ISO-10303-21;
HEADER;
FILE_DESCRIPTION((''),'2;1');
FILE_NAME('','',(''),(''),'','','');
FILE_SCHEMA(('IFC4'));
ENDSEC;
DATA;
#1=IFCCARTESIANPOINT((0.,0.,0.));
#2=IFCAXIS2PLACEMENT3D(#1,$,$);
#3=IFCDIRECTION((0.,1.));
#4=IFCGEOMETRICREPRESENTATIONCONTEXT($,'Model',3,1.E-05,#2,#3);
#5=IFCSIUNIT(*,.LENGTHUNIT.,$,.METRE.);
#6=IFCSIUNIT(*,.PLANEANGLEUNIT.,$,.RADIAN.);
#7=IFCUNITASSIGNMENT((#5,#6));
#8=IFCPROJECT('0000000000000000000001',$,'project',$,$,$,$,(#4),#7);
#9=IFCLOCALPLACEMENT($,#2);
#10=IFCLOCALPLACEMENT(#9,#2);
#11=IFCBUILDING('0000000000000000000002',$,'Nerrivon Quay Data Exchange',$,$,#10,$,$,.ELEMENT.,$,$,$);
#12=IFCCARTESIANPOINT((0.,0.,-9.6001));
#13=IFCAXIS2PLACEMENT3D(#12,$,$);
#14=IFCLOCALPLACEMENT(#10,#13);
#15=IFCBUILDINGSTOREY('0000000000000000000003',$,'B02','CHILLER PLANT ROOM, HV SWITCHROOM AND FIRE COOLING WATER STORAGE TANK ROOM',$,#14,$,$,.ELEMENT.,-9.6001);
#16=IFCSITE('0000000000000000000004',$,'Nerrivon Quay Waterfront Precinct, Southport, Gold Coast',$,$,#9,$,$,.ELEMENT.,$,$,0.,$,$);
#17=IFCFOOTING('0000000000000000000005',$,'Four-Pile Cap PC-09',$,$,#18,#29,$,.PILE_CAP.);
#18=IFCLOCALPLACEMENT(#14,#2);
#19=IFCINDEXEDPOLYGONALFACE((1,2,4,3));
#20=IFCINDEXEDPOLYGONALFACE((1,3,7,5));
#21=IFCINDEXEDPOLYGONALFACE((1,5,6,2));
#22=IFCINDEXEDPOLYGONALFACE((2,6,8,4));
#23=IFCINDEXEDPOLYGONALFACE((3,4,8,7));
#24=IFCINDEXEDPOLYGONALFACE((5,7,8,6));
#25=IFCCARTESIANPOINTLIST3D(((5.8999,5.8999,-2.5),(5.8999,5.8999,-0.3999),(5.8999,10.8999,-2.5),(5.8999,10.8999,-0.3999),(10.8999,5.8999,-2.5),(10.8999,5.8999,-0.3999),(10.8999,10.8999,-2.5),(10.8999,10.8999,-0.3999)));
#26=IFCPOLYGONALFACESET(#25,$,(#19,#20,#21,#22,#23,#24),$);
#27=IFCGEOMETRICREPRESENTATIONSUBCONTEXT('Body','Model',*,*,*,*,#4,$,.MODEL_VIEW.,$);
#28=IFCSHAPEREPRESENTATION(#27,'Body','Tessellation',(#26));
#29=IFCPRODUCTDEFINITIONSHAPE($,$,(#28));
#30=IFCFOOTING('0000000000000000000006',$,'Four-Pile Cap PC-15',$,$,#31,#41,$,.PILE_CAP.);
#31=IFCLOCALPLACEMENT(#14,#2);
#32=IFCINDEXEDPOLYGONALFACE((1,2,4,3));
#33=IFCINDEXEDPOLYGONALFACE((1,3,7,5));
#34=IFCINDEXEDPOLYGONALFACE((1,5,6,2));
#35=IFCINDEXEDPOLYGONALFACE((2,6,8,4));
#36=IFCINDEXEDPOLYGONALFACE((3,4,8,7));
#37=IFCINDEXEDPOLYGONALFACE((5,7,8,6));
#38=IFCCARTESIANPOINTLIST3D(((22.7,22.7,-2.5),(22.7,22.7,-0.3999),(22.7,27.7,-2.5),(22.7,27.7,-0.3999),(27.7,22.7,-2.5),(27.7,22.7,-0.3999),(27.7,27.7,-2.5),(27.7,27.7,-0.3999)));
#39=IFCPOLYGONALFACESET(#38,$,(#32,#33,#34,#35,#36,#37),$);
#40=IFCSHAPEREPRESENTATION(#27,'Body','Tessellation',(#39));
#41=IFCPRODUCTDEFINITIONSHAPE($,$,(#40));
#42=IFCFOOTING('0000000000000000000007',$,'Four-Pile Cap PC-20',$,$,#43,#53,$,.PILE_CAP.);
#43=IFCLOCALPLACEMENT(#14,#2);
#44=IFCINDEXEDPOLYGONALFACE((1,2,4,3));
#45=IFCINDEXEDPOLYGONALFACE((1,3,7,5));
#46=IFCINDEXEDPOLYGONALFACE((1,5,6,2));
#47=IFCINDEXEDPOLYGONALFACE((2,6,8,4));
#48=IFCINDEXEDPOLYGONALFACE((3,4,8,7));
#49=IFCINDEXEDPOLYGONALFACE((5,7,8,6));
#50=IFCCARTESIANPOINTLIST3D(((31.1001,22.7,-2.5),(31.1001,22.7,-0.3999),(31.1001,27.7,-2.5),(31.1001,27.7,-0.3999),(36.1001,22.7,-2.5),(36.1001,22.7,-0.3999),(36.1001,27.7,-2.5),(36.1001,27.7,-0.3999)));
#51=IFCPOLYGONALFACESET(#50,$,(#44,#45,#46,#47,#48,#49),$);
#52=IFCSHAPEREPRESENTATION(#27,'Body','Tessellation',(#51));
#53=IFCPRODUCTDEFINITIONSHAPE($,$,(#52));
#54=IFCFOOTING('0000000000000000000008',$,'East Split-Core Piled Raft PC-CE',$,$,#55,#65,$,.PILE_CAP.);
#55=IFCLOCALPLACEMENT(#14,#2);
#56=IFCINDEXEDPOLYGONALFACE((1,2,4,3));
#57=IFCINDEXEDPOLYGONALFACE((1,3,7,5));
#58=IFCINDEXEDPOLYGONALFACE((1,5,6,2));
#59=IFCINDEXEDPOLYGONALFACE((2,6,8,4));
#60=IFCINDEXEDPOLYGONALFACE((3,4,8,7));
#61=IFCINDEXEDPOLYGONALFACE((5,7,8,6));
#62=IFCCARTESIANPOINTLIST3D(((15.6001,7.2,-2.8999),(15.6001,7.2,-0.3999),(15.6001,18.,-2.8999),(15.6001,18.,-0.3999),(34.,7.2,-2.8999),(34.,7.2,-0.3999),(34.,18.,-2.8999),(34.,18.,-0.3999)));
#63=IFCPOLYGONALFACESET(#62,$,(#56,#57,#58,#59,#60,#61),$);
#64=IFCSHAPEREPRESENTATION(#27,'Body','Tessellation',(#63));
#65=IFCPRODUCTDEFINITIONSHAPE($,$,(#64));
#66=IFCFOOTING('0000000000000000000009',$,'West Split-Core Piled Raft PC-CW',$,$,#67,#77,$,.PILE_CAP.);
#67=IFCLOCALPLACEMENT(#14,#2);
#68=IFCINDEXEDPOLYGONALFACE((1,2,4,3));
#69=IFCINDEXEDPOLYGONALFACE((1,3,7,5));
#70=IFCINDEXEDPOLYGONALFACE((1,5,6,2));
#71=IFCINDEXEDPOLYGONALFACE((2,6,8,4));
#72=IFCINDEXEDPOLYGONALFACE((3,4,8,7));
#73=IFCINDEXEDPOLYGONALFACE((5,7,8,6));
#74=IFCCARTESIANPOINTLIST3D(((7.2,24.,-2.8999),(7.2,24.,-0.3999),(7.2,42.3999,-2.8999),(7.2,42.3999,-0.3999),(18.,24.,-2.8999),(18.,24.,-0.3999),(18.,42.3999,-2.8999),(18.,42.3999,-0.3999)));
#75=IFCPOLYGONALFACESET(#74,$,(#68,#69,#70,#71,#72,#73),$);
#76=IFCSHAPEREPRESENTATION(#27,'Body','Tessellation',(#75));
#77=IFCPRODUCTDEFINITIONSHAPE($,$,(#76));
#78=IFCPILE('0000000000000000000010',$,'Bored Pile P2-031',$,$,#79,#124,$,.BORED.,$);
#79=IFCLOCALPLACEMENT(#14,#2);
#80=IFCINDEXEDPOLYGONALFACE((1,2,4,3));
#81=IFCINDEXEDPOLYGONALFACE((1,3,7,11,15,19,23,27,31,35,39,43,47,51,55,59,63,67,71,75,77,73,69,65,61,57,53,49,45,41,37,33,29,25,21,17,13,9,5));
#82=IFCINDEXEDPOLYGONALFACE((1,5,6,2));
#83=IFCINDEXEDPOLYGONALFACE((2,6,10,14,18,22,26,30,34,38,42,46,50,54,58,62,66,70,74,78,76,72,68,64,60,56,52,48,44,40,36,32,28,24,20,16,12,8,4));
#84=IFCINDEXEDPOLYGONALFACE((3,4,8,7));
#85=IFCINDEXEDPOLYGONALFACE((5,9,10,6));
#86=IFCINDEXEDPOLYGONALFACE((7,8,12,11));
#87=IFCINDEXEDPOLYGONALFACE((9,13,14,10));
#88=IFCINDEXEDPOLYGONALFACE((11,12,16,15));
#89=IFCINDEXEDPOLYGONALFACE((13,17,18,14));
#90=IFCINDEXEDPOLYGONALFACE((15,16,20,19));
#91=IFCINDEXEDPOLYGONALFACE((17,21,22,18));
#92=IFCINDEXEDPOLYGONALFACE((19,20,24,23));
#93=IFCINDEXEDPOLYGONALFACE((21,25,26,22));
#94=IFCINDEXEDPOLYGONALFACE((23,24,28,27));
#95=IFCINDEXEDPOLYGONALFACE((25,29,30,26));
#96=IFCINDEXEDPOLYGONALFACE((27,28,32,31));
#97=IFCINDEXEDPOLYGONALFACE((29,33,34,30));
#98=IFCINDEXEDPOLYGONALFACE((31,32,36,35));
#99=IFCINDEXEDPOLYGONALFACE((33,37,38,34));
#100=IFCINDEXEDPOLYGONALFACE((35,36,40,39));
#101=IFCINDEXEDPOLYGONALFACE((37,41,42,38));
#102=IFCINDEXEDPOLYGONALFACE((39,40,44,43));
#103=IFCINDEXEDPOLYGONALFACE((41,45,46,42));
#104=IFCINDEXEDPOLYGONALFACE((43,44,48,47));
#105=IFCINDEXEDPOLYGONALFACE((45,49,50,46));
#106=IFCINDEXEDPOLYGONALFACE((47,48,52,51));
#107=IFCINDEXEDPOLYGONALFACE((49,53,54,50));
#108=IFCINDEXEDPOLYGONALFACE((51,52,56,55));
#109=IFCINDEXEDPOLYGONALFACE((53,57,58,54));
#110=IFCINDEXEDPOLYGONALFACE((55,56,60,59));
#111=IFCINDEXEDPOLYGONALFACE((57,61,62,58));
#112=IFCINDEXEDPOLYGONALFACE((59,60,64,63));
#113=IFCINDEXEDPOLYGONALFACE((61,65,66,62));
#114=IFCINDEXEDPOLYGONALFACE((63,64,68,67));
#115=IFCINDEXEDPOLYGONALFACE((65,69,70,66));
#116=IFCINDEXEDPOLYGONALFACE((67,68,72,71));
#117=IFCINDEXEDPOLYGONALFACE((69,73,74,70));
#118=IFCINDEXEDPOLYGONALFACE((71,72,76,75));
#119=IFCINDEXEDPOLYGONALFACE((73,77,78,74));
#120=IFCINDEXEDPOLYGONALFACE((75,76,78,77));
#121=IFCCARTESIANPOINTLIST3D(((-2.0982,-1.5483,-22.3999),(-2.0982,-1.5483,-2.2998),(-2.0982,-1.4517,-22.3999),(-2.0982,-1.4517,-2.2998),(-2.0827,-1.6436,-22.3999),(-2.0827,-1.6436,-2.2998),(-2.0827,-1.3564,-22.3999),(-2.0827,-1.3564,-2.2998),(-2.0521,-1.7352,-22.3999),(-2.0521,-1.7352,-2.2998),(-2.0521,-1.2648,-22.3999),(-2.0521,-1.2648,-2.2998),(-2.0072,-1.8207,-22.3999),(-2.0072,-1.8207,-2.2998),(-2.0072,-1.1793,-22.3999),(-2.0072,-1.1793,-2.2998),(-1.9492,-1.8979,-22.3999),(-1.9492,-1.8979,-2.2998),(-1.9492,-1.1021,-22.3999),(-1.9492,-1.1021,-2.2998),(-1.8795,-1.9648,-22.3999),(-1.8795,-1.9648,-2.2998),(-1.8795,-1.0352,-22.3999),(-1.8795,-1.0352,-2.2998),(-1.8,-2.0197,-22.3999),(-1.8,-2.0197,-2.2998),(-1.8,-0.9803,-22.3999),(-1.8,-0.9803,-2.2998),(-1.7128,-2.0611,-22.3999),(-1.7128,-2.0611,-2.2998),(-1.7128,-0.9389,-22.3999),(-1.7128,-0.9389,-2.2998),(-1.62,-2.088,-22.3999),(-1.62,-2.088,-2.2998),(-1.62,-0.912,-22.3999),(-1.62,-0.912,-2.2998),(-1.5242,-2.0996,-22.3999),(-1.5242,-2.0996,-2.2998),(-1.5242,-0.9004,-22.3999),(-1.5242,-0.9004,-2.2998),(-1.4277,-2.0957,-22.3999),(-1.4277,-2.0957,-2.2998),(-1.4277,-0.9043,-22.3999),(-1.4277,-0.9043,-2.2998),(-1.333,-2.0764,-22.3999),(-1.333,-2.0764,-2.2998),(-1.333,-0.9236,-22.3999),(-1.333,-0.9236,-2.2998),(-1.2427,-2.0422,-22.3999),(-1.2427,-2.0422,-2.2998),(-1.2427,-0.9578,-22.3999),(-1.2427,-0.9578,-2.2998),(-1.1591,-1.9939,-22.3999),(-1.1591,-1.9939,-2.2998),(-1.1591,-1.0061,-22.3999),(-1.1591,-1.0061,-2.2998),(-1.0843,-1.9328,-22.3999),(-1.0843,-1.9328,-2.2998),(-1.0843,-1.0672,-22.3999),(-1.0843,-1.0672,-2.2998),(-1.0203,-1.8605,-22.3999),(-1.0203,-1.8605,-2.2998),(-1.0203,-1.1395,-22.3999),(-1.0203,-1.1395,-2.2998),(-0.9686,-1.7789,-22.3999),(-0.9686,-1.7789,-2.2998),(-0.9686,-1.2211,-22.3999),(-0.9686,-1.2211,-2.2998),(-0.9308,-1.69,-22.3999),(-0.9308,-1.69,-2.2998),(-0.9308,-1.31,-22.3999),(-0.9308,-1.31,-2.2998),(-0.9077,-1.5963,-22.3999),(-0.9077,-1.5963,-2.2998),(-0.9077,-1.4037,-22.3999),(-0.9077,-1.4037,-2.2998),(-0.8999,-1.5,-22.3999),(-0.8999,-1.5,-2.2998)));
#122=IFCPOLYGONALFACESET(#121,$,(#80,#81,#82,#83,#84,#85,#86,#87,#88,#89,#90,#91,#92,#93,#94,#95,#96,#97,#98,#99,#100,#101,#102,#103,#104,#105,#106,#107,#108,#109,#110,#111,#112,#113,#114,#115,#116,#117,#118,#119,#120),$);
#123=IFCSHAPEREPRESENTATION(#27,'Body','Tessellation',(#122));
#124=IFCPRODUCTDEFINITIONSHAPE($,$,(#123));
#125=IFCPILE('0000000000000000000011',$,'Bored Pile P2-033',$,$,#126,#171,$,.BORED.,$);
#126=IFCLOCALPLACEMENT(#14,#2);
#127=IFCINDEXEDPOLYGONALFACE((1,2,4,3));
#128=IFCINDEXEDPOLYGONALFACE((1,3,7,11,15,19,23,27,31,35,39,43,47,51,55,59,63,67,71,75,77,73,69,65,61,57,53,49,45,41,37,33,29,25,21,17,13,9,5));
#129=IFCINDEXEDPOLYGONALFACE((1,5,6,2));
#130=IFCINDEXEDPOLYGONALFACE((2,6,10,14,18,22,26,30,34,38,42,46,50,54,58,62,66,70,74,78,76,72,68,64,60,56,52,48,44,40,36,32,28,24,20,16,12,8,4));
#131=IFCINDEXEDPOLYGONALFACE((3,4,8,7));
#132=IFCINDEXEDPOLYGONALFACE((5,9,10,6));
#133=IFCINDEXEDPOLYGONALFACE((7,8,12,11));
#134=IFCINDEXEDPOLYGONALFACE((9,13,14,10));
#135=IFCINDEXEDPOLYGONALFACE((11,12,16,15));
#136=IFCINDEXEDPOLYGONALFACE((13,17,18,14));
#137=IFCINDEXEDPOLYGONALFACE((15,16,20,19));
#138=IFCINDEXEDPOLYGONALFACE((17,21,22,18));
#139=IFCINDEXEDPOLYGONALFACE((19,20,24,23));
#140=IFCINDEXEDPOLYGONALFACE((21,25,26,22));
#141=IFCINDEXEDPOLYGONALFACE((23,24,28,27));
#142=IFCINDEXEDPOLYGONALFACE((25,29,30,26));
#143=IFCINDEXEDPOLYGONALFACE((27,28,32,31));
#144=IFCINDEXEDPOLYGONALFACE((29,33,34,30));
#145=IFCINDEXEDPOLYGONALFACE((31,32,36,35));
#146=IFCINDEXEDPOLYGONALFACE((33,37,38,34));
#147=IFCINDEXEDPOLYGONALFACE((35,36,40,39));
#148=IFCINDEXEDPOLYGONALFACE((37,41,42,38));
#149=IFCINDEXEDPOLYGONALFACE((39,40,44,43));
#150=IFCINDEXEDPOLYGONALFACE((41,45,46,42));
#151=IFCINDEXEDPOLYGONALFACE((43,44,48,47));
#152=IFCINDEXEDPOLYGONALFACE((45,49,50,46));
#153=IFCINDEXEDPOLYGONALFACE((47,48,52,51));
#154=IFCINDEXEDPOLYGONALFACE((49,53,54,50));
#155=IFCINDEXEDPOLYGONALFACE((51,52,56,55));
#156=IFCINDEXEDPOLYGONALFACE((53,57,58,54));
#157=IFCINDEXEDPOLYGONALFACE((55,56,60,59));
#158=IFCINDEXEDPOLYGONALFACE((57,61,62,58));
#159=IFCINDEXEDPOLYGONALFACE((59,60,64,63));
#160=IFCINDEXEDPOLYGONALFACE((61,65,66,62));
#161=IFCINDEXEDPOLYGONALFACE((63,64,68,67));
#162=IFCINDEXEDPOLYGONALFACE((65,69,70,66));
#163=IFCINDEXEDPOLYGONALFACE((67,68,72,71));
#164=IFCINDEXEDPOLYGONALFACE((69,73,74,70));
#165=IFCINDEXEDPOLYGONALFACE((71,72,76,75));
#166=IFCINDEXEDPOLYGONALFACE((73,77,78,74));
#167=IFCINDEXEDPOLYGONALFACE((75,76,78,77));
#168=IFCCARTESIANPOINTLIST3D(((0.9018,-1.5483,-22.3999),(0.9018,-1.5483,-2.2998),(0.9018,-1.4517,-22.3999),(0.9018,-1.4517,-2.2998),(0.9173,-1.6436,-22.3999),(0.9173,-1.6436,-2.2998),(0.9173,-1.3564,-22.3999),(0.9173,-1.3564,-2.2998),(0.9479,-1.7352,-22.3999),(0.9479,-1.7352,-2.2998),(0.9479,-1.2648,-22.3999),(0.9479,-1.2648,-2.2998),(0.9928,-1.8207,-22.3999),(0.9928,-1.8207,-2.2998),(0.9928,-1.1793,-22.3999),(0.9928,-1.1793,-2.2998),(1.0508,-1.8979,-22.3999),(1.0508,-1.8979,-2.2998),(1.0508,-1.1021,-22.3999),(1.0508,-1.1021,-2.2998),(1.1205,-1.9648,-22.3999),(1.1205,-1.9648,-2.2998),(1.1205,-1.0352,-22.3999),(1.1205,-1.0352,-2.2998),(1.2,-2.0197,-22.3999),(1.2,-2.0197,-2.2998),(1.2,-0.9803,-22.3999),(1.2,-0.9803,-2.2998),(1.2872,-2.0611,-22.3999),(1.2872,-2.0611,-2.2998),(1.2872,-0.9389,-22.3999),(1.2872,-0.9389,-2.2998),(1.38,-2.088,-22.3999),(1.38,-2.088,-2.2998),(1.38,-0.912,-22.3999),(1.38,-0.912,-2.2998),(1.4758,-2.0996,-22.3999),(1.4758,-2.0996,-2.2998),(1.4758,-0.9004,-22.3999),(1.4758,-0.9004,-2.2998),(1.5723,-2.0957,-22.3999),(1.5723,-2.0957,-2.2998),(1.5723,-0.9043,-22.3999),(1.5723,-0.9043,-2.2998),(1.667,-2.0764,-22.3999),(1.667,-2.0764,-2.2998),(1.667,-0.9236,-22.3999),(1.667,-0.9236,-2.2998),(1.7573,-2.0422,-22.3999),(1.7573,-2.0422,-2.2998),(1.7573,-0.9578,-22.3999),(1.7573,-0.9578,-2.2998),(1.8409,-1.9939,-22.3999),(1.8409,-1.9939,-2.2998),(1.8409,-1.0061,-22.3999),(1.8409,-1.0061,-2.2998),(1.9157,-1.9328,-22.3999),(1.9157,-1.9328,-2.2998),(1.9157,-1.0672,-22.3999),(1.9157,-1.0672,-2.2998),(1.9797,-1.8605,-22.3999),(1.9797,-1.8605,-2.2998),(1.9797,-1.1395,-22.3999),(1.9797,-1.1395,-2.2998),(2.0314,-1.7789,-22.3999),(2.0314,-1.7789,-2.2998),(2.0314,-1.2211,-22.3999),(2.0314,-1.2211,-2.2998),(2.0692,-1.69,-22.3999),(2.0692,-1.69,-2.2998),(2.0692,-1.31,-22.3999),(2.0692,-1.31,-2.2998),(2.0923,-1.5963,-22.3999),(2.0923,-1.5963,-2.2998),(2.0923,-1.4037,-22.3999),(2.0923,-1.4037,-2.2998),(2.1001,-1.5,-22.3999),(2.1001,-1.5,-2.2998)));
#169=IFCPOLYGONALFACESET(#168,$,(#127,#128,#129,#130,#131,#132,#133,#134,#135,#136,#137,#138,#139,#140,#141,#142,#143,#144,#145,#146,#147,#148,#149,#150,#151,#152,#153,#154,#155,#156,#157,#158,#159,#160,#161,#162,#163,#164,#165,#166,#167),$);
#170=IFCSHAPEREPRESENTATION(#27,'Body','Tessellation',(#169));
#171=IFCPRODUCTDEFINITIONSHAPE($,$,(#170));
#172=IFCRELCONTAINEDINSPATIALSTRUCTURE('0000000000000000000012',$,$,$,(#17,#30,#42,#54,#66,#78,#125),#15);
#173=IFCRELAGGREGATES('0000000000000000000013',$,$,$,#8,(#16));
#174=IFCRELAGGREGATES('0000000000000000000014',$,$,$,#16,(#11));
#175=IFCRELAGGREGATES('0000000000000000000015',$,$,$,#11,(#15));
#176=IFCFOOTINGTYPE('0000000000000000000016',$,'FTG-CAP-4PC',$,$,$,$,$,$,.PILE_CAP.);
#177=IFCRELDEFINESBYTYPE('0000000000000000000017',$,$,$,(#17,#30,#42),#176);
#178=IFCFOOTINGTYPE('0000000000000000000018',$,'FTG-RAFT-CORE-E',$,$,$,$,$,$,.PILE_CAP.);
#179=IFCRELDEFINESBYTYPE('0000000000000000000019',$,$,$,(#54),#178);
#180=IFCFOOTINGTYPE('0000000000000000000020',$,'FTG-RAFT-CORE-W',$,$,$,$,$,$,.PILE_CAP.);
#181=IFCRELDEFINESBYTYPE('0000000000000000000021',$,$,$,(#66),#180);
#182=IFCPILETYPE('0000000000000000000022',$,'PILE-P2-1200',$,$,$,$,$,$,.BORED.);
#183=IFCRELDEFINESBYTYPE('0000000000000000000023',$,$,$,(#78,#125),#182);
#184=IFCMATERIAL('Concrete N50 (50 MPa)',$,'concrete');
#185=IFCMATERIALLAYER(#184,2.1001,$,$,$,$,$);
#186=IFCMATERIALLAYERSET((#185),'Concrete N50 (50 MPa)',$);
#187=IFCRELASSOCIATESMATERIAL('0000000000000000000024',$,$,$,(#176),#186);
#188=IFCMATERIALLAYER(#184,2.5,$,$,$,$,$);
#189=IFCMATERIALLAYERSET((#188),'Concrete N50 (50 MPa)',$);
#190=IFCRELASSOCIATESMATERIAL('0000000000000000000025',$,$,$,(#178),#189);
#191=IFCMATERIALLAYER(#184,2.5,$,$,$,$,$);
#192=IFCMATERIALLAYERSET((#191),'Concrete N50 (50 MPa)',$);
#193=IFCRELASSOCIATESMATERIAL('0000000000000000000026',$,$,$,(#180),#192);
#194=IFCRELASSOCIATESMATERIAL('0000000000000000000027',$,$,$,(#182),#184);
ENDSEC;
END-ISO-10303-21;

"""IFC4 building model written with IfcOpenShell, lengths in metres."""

from ifc_helpers import new_model, si_unit, direction, frame, origin, origin_2d, place, context, subcontext, project, spatial, polyline, circle, outline, extrude, material, layer, layer_set, material_profile, profile_set, type_object, element, save


model = new_model("IFC4")

# Units and contexts
model_context = context("Model", 3, precision=1e-05, world=origin(), true_north=direction((0.0, 1.0)))
body_context = subcontext(model_context, "Body", "Model", "MODEL_VIEW")
ifc_project = project(units=[si_unit("LENGTHUNIT", "METRE"), si_unit("PLANEANGLEUNIT", "RADIAN")], contexts=[model_context])

# Site, building, storey
site_placement = place(None, origin())
site = spatial("IfcSite", under=ifc_project, at=site_placement, Name="Nerrivon Quay Waterfront Precinct, Southport, Gold Coast", CompositionType="ELEMENT", RefElevation=0.0)
building_placement = place(site_placement, origin())
building = spatial("IfcBuilding", under=site, at=building_placement, Name="Nerrivon Quay Data Exchange", CompositionType="ELEMENT")
storey_placement = place(building_placement, frame((0.0, 0.0, -9.6001)))
storey = spatial("IfcBuildingStorey", under=building, at=storey_placement, Name="B02", Description="CHILLER PLANT ROOM, HV SWITCHROOM AND FIRE COOLING WATER STORAGE TANK ROOM", CompositionType="ELEMENT", Elevation=-9.6001)

# Footings
ifc_material = material(Name="Concrete N50 (50 MPa)", Category="concrete")
ifc_layer_1 = layer(ifc_material, 2.1001)
ifc_layer_set_1 = layer_set([ifc_layer_1], Name="Concrete N50 (50 MPa)")
footing_type_1 = type_object("IfcFootingType", Name="FTG-CAP-4PC", PredefinedType="PILE_CAP", material=ifc_layer_set_1)
footing_1_placement = place(storey_placement, frame((0.0, 0.0, -2.5)))
element("IfcFooting", 1, at=footing_1_placement, inside=storey, type_object=footing_type_1, Name="Four-Pile Cap PC-09", PredefinedType="PILE_CAP", context=body_context, shape_type="SweptSolid", body=[
    extrude(outline(polyline([(5.8999, 5.8999), (10.8999, 5.8999), (10.8999, 10.8999), (5.8999, 10.8999), (5.8999, 5.8999)])), origin(), (0.0, 0.0, 1.0), 2.1001),
])
footing_2_placement = place(storey_placement, frame((0.0, 0.0, -2.5)))
element("IfcFooting", 2, at=footing_2_placement, inside=storey, type_object=footing_type_1, Name="Four-Pile Cap PC-15", PredefinedType="PILE_CAP", context=body_context, shape_type="SweptSolid", body=[
    extrude(outline(polyline([(22.7, 22.7), (27.7, 22.7), (27.7, 27.7), (22.7, 27.7), (22.7, 22.7)])), origin(), (0.0, 0.0, 1.0), 2.1001),
])
footing_3_placement = place(storey_placement, frame((0.0, 0.0, -2.5)))
element("IfcFooting", 3, at=footing_3_placement, inside=storey, type_object=footing_type_1, Name="Four-Pile Cap PC-20", PredefinedType="PILE_CAP", context=body_context, shape_type="SweptSolid", body=[
    extrude(outline(polyline([(31.1001, 22.7), (36.1001, 22.7), (36.1001, 27.7), (31.1001, 27.7), (31.1001, 22.7)])), origin(), (0.0, 0.0, 1.0), 2.1001),
])
ifc_layer_2 = layer(ifc_material, 2.5)
ifc_layer_set_2 = layer_set([ifc_layer_2], Name="Concrete N50 (50 MPa)")
footing_type_2 = type_object("IfcFootingType", Name="FTG-RAFT-CORE-E", PredefinedType="PILE_CAP", material=ifc_layer_set_2)
footing_4_placement = place(storey_placement, frame((0.0, 0.0, -2.8999)))
element("IfcFooting", 4, at=footing_4_placement, inside=storey, type_object=footing_type_2, Name="East Split-Core Piled Raft PC-CE", PredefinedType="PILE_CAP", context=body_context, shape_type="SweptSolid", body=[
    extrude(outline(polyline([(15.6001, 7.2), (34.0, 7.2), (34.0, 18.0), (15.6001, 18.0), (15.6001, 7.2)])), origin(), (0.0, 0.0, 1.0), 2.5),
])
ifc_layer_3 = layer(ifc_material, 2.5)
ifc_layer_set_3 = layer_set([ifc_layer_3], Name="Concrete N50 (50 MPa)")
footing_type_3 = type_object("IfcFootingType", Name="FTG-RAFT-CORE-W", PredefinedType="PILE_CAP", material=ifc_layer_set_3)
footing_5_placement = place(storey_placement, frame((0.0, 0.0, -2.8999)))
element("IfcFooting", 5, at=footing_5_placement, inside=storey, type_object=footing_type_3, Name="West Split-Core Piled Raft PC-CW", PredefinedType="PILE_CAP", context=body_context, shape_type="SweptSolid", body=[
    extrude(outline(polyline([(7.2, 24.0), (18.0, 24.0), (18.0, 42.3999), (7.2, 42.3999), (7.2, 24.0)])), origin(), (0.0, 0.0, 1.0), 2.5),
])

# Piles
ifc_material_profile = material_profile(ifc_material, circle(Radius=0.6001, at=origin_2d()), Name="PILE-1200")
ifc_profile_set = profile_set([ifc_material_profile], Name="Concrete N50 (50 MPa)")
pile_type = type_object("IfcPileType", Name="PILE-P2-1200", PredefinedType="BORED", material=ifc_profile_set)
for number, where, z_axis, x_axis, name in (
    (6, (-1.5, -1.5, -2.2998), (0.0, 0.0, -1.0), (1.0, 0.0, 0.0), "Bored Pile P2-031"),
    (7, (1.5, -1.5, -2.2998), (0.0, 0.0, -1.0), (1.0, 0.0, 0.0), "Bored Pile P2-033"),
):
    element("IfcPile", number, at=place(storey_placement, frame(where, z_axis=z_axis, x_axis=x_axis)), inside=storey, type_object=pile_type, Name=name, PredefinedType="BORED", context=body_context, shape_type="SweptSolid", body=[
        extrude(circle(Radius=0.6001, at=origin_2d()), origin(), (0.0, 0.0, 1.0), 20.1001),
    ])

save(model, "model.ifc")
